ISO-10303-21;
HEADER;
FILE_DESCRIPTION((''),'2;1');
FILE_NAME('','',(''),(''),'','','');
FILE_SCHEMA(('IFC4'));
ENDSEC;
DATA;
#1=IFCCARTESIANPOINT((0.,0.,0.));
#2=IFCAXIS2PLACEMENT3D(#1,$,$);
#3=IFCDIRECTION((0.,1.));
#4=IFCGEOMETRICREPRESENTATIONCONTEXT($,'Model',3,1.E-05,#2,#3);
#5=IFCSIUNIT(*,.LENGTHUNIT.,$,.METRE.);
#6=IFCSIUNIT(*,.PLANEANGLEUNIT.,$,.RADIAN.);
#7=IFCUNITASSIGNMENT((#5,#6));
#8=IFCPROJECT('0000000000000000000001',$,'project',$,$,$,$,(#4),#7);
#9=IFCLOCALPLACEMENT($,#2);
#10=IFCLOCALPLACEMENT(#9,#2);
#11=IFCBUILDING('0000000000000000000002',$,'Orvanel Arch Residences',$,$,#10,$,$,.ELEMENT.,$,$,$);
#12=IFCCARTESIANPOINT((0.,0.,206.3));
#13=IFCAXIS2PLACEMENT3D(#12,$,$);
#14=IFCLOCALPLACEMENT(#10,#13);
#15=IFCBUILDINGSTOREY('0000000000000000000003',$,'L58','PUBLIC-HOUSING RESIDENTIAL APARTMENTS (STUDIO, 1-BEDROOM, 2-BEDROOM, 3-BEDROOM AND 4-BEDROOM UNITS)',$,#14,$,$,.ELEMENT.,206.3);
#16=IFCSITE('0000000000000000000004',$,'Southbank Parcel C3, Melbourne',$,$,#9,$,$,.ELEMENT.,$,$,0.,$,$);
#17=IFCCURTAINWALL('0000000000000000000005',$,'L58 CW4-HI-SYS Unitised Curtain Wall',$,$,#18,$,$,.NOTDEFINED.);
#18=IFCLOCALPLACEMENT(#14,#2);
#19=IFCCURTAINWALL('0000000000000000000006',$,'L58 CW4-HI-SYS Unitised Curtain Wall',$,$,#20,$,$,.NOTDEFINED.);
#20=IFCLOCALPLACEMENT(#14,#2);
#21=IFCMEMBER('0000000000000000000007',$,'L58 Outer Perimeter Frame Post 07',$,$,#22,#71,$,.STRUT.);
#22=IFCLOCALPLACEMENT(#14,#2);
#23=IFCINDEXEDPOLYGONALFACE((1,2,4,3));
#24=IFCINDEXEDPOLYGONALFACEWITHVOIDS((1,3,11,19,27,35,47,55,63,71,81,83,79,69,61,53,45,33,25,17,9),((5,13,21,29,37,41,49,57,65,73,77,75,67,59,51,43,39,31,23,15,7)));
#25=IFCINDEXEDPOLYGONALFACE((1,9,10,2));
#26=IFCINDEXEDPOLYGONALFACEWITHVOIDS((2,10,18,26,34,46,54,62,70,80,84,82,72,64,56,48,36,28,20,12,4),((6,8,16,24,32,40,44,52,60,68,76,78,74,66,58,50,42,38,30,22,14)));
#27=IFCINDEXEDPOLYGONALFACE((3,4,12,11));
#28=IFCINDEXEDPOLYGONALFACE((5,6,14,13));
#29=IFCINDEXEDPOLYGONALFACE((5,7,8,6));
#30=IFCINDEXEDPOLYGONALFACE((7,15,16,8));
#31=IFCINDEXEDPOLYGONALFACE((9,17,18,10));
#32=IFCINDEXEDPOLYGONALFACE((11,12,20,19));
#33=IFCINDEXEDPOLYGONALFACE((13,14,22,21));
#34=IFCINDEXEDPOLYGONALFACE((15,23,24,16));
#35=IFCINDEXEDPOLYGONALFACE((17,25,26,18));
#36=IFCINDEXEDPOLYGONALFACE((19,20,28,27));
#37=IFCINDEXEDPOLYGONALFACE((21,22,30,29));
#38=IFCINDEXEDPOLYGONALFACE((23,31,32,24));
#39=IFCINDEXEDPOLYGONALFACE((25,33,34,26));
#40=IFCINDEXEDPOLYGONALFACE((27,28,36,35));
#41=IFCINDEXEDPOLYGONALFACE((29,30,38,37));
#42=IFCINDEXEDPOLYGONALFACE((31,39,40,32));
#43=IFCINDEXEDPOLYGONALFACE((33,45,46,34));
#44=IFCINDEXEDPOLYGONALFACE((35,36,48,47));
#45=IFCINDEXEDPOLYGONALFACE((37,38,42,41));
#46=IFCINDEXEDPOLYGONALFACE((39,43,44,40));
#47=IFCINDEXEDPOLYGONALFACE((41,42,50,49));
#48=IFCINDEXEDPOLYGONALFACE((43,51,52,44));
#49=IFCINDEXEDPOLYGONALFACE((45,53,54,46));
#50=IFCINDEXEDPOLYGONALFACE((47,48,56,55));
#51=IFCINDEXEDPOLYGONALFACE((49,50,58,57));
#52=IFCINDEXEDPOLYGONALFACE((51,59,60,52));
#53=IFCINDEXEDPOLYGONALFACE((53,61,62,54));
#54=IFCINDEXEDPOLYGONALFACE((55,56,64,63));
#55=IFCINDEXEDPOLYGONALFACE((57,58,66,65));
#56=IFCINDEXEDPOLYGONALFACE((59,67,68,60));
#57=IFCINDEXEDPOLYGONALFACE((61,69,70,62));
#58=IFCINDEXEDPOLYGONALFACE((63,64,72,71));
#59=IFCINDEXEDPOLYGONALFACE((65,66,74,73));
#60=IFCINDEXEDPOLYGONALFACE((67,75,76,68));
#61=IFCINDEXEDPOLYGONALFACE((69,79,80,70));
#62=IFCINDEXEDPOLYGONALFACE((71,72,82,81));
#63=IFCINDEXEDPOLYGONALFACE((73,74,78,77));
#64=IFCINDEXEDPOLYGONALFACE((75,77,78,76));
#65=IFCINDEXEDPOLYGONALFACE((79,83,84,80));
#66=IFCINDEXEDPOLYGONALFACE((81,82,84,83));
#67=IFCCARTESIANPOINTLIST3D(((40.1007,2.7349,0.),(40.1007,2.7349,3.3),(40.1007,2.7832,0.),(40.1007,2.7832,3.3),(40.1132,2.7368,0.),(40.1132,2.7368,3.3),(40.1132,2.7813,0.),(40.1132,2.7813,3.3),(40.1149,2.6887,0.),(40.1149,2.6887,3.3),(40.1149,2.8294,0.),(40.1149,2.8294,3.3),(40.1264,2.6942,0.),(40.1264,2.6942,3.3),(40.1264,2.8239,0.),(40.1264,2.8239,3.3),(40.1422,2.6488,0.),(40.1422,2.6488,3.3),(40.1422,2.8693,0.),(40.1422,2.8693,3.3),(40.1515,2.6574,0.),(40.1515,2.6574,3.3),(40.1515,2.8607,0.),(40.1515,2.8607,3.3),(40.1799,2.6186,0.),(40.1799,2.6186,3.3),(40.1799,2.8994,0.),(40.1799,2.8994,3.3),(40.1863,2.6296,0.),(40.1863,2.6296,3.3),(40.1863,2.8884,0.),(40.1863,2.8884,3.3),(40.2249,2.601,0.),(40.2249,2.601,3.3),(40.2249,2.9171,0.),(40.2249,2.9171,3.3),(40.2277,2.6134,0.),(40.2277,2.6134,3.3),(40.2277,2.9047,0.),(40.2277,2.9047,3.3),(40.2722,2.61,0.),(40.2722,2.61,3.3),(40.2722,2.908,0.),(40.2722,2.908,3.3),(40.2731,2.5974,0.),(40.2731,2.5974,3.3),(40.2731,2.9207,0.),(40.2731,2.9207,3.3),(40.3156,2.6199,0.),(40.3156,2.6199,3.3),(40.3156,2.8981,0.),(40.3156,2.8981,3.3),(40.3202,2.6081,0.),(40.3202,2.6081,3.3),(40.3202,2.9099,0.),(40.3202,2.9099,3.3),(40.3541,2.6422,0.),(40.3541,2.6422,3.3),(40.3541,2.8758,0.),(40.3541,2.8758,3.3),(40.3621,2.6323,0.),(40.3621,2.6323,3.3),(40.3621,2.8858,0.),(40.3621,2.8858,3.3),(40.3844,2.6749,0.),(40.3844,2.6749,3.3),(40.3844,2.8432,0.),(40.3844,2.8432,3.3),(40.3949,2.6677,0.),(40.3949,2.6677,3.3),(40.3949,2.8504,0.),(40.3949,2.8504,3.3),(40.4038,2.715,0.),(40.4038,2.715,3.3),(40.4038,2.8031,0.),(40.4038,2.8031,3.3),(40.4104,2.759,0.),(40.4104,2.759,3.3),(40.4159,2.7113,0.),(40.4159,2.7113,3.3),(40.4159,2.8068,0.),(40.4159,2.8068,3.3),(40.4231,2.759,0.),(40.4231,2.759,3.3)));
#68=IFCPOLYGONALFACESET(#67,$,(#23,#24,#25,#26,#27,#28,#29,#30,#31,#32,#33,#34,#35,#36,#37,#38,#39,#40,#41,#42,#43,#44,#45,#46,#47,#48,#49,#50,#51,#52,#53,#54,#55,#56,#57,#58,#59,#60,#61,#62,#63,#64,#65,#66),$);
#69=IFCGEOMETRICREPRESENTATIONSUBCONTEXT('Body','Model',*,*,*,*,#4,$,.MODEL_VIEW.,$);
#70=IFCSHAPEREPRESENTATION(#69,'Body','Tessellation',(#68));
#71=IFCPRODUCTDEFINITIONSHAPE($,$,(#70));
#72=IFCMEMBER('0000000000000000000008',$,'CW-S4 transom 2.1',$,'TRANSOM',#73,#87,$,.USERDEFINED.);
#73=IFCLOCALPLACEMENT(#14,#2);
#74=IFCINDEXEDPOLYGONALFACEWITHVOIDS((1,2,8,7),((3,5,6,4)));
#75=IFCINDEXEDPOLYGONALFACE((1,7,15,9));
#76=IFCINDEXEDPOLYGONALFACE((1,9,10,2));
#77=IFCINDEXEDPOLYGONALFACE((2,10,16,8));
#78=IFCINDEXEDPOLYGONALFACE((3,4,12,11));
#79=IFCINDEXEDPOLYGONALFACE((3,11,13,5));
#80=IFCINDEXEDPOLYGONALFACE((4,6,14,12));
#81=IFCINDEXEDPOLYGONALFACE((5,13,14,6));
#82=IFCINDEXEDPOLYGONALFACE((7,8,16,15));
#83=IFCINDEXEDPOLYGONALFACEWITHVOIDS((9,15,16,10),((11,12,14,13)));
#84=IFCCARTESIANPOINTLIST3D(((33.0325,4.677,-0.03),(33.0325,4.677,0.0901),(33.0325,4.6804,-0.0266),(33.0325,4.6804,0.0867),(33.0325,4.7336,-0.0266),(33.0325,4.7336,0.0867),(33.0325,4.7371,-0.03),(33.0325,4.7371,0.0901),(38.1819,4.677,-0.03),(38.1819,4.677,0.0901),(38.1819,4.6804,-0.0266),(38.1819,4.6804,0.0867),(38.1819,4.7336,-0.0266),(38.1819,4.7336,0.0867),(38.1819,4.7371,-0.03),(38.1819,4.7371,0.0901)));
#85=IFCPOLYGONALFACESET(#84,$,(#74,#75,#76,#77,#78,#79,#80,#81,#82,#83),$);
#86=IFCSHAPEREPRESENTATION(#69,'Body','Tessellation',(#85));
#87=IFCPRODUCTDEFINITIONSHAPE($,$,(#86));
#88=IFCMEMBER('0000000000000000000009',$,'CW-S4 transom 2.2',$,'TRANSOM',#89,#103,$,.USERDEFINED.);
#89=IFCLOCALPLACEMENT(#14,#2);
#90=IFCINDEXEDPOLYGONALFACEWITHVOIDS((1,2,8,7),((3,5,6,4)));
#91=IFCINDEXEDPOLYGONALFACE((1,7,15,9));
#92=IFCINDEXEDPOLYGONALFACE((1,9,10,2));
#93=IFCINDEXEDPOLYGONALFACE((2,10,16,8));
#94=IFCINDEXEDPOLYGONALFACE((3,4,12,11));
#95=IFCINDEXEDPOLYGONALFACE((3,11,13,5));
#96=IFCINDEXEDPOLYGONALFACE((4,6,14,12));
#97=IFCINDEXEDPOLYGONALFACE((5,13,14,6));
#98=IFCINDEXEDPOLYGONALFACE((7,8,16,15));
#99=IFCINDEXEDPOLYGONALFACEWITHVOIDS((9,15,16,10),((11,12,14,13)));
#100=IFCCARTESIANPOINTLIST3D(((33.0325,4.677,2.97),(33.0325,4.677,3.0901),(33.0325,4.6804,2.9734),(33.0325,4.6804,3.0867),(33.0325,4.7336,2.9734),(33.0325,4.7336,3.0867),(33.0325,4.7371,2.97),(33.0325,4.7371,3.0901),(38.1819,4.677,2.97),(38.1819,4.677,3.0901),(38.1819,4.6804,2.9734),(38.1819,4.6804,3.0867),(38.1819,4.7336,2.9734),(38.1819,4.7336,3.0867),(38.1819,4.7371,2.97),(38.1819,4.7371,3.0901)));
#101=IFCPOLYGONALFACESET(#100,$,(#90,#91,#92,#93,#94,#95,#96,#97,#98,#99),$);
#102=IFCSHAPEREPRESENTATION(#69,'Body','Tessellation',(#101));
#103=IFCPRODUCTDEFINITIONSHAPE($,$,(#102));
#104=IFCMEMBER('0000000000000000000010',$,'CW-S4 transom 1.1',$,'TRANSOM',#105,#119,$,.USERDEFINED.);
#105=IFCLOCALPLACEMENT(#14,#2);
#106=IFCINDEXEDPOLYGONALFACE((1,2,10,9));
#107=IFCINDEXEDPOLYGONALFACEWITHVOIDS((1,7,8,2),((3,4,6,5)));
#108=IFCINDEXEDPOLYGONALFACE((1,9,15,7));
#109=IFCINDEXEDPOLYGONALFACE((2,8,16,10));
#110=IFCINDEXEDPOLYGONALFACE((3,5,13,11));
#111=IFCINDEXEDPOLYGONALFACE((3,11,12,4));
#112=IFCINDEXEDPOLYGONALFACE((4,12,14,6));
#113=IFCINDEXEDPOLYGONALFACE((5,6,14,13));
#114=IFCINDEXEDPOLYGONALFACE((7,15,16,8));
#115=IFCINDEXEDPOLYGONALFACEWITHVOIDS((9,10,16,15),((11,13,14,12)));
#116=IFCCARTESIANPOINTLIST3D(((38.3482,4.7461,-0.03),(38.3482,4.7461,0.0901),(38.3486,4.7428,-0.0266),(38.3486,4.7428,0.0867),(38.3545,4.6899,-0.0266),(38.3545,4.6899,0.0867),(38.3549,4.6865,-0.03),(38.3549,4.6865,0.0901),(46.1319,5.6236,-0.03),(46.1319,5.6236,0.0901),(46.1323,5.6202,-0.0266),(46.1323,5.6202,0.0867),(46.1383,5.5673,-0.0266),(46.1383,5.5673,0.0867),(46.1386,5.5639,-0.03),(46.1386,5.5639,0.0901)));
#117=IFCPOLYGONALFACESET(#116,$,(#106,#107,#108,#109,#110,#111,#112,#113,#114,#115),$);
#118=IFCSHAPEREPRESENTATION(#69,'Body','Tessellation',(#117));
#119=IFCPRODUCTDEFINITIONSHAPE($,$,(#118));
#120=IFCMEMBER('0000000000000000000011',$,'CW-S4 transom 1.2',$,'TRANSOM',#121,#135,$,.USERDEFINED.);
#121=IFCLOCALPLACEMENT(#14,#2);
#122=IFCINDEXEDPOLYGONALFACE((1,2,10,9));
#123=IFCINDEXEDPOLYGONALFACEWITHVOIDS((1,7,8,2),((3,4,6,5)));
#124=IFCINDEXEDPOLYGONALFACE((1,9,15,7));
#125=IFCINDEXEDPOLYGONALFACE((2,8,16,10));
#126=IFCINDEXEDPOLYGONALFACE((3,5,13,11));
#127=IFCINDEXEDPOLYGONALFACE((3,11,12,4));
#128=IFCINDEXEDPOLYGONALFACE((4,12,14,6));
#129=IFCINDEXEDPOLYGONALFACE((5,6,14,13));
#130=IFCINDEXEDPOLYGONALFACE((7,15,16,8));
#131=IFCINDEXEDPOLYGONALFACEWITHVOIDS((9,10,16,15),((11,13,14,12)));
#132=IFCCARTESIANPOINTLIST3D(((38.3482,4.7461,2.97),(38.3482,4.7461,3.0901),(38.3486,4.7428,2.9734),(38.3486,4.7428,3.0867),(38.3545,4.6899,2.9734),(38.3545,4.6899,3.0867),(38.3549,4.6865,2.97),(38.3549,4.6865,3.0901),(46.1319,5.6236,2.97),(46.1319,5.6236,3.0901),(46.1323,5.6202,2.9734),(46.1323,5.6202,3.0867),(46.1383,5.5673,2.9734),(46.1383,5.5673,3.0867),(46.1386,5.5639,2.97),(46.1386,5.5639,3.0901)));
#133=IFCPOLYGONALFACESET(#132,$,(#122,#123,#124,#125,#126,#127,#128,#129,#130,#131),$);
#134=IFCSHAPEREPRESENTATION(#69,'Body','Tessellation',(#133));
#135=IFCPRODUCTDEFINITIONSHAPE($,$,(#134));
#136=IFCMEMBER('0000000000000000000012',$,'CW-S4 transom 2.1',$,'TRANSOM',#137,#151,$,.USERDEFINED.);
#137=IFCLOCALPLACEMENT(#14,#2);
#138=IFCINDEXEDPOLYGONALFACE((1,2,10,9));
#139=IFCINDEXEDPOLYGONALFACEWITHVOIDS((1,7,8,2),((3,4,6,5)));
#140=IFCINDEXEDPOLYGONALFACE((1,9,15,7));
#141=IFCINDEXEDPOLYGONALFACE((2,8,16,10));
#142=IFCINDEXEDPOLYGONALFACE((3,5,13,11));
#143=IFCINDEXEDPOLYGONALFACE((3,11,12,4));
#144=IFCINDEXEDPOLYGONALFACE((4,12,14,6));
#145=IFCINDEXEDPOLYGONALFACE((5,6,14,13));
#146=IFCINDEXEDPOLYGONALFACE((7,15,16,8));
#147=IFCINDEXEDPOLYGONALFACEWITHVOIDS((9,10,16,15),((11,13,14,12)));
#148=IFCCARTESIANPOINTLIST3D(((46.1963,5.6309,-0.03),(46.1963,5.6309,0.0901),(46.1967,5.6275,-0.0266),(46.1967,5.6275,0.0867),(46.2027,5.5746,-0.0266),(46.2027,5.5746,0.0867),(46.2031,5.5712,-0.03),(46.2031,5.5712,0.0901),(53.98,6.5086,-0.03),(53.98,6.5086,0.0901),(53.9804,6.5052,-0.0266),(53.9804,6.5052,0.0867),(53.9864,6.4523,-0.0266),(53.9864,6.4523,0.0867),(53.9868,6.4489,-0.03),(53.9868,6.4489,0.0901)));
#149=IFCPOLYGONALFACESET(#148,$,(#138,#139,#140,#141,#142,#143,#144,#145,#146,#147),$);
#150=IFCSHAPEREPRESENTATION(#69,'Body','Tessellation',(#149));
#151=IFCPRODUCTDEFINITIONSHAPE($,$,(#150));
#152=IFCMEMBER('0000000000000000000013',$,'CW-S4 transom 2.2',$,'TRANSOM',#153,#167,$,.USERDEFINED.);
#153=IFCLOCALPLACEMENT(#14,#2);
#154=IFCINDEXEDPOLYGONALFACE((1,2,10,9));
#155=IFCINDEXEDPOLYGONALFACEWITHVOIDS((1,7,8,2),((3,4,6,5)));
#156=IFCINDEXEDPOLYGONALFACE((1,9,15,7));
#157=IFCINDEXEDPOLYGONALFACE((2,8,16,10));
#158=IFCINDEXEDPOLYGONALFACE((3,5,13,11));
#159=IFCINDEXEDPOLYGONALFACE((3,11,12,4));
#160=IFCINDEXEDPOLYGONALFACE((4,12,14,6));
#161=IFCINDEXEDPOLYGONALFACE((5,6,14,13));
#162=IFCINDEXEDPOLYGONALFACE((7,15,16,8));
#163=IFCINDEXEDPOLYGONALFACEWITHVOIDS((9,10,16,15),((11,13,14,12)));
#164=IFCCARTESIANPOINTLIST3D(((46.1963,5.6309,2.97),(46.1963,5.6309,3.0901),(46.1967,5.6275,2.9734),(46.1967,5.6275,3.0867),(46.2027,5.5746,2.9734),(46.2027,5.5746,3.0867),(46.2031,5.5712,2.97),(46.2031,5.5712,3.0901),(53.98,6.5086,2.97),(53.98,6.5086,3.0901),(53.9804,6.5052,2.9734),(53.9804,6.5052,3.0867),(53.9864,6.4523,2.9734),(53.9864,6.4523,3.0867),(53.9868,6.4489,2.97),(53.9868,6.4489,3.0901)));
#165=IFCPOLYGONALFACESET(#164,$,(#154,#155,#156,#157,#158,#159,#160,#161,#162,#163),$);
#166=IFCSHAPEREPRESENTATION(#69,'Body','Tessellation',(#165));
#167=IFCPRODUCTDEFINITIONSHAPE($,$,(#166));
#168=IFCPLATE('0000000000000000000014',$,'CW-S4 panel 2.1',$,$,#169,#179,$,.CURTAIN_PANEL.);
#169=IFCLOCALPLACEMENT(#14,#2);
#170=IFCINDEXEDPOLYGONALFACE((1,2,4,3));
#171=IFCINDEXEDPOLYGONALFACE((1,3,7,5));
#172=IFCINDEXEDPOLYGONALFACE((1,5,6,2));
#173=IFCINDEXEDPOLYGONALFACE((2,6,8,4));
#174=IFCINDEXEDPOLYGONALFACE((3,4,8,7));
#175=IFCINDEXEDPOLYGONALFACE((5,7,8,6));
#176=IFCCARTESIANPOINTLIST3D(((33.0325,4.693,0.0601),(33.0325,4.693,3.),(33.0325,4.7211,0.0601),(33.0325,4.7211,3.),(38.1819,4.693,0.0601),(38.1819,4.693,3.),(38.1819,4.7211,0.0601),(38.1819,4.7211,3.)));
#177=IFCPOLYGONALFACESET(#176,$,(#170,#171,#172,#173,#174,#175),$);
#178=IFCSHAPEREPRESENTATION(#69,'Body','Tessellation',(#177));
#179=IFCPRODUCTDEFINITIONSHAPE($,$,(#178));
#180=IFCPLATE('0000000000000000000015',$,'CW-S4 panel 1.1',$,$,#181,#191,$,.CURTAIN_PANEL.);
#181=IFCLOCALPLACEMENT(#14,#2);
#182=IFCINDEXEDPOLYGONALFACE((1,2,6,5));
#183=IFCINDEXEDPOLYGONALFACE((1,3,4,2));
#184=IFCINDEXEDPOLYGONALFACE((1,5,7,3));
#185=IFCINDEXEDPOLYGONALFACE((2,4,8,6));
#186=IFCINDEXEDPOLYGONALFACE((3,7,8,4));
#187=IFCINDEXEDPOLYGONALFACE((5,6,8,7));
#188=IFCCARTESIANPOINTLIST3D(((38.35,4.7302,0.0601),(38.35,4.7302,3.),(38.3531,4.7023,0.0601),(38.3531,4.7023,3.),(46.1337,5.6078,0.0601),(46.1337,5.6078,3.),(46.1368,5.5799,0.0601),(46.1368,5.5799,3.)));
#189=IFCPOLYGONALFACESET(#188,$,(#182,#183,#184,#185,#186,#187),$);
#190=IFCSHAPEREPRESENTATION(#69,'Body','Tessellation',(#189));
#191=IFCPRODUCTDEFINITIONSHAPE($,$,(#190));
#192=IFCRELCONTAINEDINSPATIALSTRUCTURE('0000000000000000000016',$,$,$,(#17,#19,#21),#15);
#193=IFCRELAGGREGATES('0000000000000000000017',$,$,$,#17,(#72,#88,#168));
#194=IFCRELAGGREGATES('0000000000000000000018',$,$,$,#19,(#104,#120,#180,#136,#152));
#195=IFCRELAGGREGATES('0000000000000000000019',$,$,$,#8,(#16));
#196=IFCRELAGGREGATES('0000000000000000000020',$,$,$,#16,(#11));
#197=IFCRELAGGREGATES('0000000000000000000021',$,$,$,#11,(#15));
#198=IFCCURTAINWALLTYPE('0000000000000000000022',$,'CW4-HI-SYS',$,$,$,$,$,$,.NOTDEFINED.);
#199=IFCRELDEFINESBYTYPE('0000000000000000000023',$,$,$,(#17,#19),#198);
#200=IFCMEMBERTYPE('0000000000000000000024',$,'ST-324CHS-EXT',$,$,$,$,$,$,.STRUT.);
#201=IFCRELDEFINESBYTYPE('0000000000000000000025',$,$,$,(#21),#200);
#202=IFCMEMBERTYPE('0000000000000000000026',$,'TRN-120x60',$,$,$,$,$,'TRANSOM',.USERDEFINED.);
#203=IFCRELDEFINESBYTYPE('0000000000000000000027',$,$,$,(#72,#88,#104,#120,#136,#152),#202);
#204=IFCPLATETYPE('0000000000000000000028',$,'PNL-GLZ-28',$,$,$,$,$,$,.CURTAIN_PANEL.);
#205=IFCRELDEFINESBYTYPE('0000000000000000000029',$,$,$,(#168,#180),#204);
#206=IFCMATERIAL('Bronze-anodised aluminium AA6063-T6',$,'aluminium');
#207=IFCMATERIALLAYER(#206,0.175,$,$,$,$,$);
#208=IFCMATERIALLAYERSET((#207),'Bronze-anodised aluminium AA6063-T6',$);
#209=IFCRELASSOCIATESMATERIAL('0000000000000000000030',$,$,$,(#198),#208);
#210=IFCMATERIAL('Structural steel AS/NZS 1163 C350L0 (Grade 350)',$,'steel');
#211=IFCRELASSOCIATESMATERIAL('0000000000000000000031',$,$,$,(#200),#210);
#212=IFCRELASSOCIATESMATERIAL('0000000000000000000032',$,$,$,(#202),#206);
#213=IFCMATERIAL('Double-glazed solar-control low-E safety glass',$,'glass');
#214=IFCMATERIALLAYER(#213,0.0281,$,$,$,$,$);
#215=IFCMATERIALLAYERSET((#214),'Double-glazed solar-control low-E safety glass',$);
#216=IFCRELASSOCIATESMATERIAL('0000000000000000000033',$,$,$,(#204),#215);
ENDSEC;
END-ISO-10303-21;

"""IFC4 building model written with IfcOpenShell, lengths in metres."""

from ifc_helpers import new_model, si_unit, direction, frame, origin, origin_2d, place, context, subcontext, project, spatial, rectangle, hollow_rectangle, hollow_circle, extrude, material, layer, layer_set, material_profile, profile_set, type_object, element, aggregate, save


model = new_model("IFC4")

# Units and contexts
model_context = context("Model", 3, precision=1e-05, world=origin(), true_north=direction((0.0, 1.0)))
body_context = subcontext(model_context, "Body", "Model", "MODEL_VIEW")
ifc_project = project(units=[si_unit("LENGTHUNIT", "METRE"), si_unit("PLANEANGLEUNIT", "RADIAN")], contexts=[model_context])

# Site, building, storey
site_placement = place(None, origin())
site = spatial("IfcSite", under=ifc_project, at=site_placement, Name="Southbank Parcel C3, Melbourne", CompositionType="ELEMENT", RefElevation=0.0)
building_placement = place(site_placement, origin())
building = spatial("IfcBuilding", under=site, at=building_placement, Name="Orvanel Arch Residences", CompositionType="ELEMENT")
storey_placement = place(building_placement, frame((0.0, 0.0, 206.3)))
storey = spatial("IfcBuildingStorey", under=building, at=storey_placement, Name="L58", Description="PUBLIC-HOUSING RESIDENTIAL APARTMENTS (STUDIO, 1-BEDROOM, 2-BEDROOM, 3-BEDROOM AND 4-BEDROOM UNITS)", CompositionType="ELEMENT", Elevation=206.3)

# Shared definitions
ifc_material_1 = material(Name="Structural steel AS/NZS 1163 C350L0 (Grade 350)", Category="steel")

# Curtain walls
ifc_material_2 = material(Name="Bronze-anodised aluminium AA6063-T6", Category="aluminium")
ifc_layer_1 = layer(ifc_material_2, 0.175)
ifc_layer_set_1 = layer_set([ifc_layer_1], Name="Bronze-anodised aluminium AA6063-T6")
curtain_wall_type = type_object("IfcCurtainWallType", Name="CW4-HI-SYS", PredefinedType="NOTDEFINED", material=ifc_layer_set_1)
curtain_wall_1_placement = place(storey_placement, origin())
curtain_wall_1 = element("IfcCurtainWall", 1, at=curtain_wall_1_placement, inside=storey, type_object=curtain_wall_type, Name="L58 CW4-HI-SYS Unitised Curtain Wall", PredefinedType="NOTDEFINED")
curtain_wall_2_placement = place(storey_placement, origin())
curtain_wall_2 = element("IfcCurtainWall", 2, at=curtain_wall_2_placement, inside=storey, type_object=curtain_wall_type, Name="L58 CW4-HI-SYS Unitised Curtain Wall", PredefinedType="NOTDEFINED")

# Members
ifc_material_profile_1 = material_profile(ifc_material_1, hollow_circle(Radius=0.1621, WallThickness=0.0127, at=origin_2d()), Name="CHS324x12.7")
ifc_profile_set_1 = profile_set([ifc_material_profile_1], Name="Structural steel AS/NZS 1163 C350L0 (Grade 350)")
member_type_1 = type_object("IfcMemberType", Name="ST-324CHS-EXT", PredefinedType="STRUT", material=ifc_profile_set_1)
member_1_placement = place(storey_placement, frame((40.261, 2.759, 0.0), z_axis=(0.0, 0.0, 1.0), x_axis=(1.0, 0.0, 0.0)))
element("IfcMember", 3, at=member_1_placement, inside=storey, type_object=member_type_1, Name="L58 Outer Perimeter Frame Post 07", PredefinedType="STRUT", context=body_context, shape_type="SweptSolid", body=[
    extrude(hollow_circle(Radius=0.1621, WallThickness=0.0127, at=origin_2d()), origin(), (0.0, 0.0, 1.0), 3.3),
])
ifc_material_profile_2 = material_profile(ifc_material_2, hollow_rectangle(XDim=0.0601, YDim=0.1201, WallThickness=0.0034, at=origin_2d()), Name="ALU120x60x3.5")
ifc_profile_set_2 = profile_set([ifc_material_profile_2], Name="Bronze-anodised aluminium AA6063-T6")
member_type_2 = type_object("IfcMemberType", Name="TRN-120x60", ElementType="TRANSOM", PredefinedType="USERDEFINED", material=ifc_profile_set_2)
member_2_placement = place(storey_placement, frame((33.0325, 4.707, 0.03), z_axis=(1.0, 0.0, 0.0), x_axis=(0.0, 1.0, 0.0)))
member_2 = element("IfcMember", 4, at=member_2_placement, type_object=member_type_2, Name="CW-S4 transom 2.1", ObjectType="TRANSOM", PredefinedType="USERDEFINED", context=body_context, shape_type="SweptSolid", body=[
    extrude(hollow_rectangle(XDim=0.0601, YDim=0.1201, WallThickness=0.0034, at=origin_2d()), origin(), (0.0, 0.0, 1.0), 5.1494),
])
member_3_placement = place(storey_placement, frame((33.0325, 4.707, 3.03), z_axis=(1.0, 0.0, 0.0), x_axis=(0.0, 1.0, 0.0)))
member_3 = element("IfcMember", 5, at=member_3_placement, type_object=member_type_2, Name="CW-S4 transom 2.2", ObjectType="TRANSOM", PredefinedType="USERDEFINED", context=body_context, shape_type="SweptSolid", body=[
    extrude(hollow_rectangle(XDim=0.0601, YDim=0.1201, WallThickness=0.0034, at=origin_2d()), origin(), (0.0, 0.0, 1.0), 5.1494),
])
member_4_placement = place(storey_placement, frame((38.3516, 4.7163, 0.03), z_axis=(0.993706, 0.112019, 0.0), x_axis=(-0.112019, 0.993706, 0.0)))
member_4 = element("IfcMember", 6, at=member_4_placement, type_object=member_type_2, Name="CW-S4 transom 1.1", ObjectType="TRANSOM", PredefinedType="USERDEFINED", context=body_context, shape_type="SweptSolid", body=[
    extrude(hollow_rectangle(XDim=0.0601, YDim=0.1201, WallThickness=0.0034, at=origin_2d()), origin(), (0.0, 0.0, 1.0), 7.833),
])
member_5_placement = place(storey_placement, frame((38.3516, 4.7163, 3.03), z_axis=(0.993706, 0.112019, 0.0), x_axis=(-0.112019, 0.993706, 0.0)))
member_5 = element("IfcMember", 7, at=member_5_placement, type_object=member_type_2, Name="CW-S4 transom 1.2", ObjectType="TRANSOM", PredefinedType="USERDEFINED", context=body_context, shape_type="SweptSolid", body=[
    extrude(hollow_rectangle(XDim=0.0601, YDim=0.1201, WallThickness=0.0034, at=origin_2d()), origin(), (0.0, 0.0, 1.0), 7.833),
])
member_6_placement = place(storey_placement, frame((46.1997, 5.6011, 0.03), z_axis=(0.993703, 0.112049, 0.0), x_axis=(-0.112049, 0.993703, 0.0)))
member_6 = element("IfcMember", 8, at=member_6_placement, type_object=member_type_2, Name="CW-S4 transom 2.1", ObjectType="TRANSOM", PredefinedType="USERDEFINED", context=body_context, shape_type="SweptSolid", body=[
    extrude(hollow_rectangle(XDim=0.0601, YDim=0.1201, WallThickness=0.0034, at=origin_2d()), origin(), (0.0, 0.0, 1.0), 7.833),
])
member_7_placement = place(storey_placement, frame((46.1997, 5.6011, 3.03), z_axis=(0.993703, 0.112049, 0.0), x_axis=(-0.112049, 0.993703, 0.0)))
member_7 = element("IfcMember", 9, at=member_7_placement, type_object=member_type_2, Name="CW-S4 transom 2.2", ObjectType="TRANSOM", PredefinedType="USERDEFINED", context=body_context, shape_type="SweptSolid", body=[
    extrude(hollow_rectangle(XDim=0.0601, YDim=0.1201, WallThickness=0.0034, at=origin_2d()), origin(), (0.0, 0.0, 1.0), 7.833),
])

# Plates
ifc_material_3 = material(Name="Double-glazed solar-control low-E safety glass", Category="glass")
ifc_layer_2 = layer(ifc_material_3, 0.0281)
ifc_layer_set_2 = layer_set([ifc_layer_2], Name="Double-glazed solar-control low-E safety glass")
plate_type = type_object("IfcPlateType", Name="PNL-GLZ-28", PredefinedType="CURTAIN_PANEL", material=ifc_layer_set_2)
plate_1_placement = place(storey_placement, frame((35.6072, 4.707, 0.0601), z_axis=(0.0, 0.0, 1.0), x_axis=(1.0, 0.0, 0.0)))
plate_1 = element("IfcPlate", 10, at=plate_1_placement, type_object=plate_type, Name="CW-S4 panel 2.1", PredefinedType="CURTAIN_PANEL", context=body_context, shape_type="SweptSolid", body=[
    extrude(rectangle(XDim=5.1494, YDim=0.0281, at=origin_2d()), origin(), (0.0, 0.0, 1.0), 2.9399),
])
aggregate(curtain_wall_1, [member_2, member_3, plate_1])
plate_2_placement = place(storey_placement, frame((42.2434, 5.155, 0.0601), z_axis=(0.0, 0.0, 1.0), x_axis=(0.993704, 0.112037, 0.0)))
plate_2 = element("IfcPlate", 11, at=plate_2_placement, type_object=plate_type, Name="CW-S4 panel 1.1", PredefinedType="CURTAIN_PANEL", context=body_context, shape_type="SweptSolid", body=[
    extrude(rectangle(XDim=7.833, YDim=0.0281, at=origin_2d()), origin(), (0.0, 0.0, 1.0), 2.9399),
])
aggregate(curtain_wall_2, [member_4, member_5, plate_2, member_6, member_7])

save(model, "model.ifc")
